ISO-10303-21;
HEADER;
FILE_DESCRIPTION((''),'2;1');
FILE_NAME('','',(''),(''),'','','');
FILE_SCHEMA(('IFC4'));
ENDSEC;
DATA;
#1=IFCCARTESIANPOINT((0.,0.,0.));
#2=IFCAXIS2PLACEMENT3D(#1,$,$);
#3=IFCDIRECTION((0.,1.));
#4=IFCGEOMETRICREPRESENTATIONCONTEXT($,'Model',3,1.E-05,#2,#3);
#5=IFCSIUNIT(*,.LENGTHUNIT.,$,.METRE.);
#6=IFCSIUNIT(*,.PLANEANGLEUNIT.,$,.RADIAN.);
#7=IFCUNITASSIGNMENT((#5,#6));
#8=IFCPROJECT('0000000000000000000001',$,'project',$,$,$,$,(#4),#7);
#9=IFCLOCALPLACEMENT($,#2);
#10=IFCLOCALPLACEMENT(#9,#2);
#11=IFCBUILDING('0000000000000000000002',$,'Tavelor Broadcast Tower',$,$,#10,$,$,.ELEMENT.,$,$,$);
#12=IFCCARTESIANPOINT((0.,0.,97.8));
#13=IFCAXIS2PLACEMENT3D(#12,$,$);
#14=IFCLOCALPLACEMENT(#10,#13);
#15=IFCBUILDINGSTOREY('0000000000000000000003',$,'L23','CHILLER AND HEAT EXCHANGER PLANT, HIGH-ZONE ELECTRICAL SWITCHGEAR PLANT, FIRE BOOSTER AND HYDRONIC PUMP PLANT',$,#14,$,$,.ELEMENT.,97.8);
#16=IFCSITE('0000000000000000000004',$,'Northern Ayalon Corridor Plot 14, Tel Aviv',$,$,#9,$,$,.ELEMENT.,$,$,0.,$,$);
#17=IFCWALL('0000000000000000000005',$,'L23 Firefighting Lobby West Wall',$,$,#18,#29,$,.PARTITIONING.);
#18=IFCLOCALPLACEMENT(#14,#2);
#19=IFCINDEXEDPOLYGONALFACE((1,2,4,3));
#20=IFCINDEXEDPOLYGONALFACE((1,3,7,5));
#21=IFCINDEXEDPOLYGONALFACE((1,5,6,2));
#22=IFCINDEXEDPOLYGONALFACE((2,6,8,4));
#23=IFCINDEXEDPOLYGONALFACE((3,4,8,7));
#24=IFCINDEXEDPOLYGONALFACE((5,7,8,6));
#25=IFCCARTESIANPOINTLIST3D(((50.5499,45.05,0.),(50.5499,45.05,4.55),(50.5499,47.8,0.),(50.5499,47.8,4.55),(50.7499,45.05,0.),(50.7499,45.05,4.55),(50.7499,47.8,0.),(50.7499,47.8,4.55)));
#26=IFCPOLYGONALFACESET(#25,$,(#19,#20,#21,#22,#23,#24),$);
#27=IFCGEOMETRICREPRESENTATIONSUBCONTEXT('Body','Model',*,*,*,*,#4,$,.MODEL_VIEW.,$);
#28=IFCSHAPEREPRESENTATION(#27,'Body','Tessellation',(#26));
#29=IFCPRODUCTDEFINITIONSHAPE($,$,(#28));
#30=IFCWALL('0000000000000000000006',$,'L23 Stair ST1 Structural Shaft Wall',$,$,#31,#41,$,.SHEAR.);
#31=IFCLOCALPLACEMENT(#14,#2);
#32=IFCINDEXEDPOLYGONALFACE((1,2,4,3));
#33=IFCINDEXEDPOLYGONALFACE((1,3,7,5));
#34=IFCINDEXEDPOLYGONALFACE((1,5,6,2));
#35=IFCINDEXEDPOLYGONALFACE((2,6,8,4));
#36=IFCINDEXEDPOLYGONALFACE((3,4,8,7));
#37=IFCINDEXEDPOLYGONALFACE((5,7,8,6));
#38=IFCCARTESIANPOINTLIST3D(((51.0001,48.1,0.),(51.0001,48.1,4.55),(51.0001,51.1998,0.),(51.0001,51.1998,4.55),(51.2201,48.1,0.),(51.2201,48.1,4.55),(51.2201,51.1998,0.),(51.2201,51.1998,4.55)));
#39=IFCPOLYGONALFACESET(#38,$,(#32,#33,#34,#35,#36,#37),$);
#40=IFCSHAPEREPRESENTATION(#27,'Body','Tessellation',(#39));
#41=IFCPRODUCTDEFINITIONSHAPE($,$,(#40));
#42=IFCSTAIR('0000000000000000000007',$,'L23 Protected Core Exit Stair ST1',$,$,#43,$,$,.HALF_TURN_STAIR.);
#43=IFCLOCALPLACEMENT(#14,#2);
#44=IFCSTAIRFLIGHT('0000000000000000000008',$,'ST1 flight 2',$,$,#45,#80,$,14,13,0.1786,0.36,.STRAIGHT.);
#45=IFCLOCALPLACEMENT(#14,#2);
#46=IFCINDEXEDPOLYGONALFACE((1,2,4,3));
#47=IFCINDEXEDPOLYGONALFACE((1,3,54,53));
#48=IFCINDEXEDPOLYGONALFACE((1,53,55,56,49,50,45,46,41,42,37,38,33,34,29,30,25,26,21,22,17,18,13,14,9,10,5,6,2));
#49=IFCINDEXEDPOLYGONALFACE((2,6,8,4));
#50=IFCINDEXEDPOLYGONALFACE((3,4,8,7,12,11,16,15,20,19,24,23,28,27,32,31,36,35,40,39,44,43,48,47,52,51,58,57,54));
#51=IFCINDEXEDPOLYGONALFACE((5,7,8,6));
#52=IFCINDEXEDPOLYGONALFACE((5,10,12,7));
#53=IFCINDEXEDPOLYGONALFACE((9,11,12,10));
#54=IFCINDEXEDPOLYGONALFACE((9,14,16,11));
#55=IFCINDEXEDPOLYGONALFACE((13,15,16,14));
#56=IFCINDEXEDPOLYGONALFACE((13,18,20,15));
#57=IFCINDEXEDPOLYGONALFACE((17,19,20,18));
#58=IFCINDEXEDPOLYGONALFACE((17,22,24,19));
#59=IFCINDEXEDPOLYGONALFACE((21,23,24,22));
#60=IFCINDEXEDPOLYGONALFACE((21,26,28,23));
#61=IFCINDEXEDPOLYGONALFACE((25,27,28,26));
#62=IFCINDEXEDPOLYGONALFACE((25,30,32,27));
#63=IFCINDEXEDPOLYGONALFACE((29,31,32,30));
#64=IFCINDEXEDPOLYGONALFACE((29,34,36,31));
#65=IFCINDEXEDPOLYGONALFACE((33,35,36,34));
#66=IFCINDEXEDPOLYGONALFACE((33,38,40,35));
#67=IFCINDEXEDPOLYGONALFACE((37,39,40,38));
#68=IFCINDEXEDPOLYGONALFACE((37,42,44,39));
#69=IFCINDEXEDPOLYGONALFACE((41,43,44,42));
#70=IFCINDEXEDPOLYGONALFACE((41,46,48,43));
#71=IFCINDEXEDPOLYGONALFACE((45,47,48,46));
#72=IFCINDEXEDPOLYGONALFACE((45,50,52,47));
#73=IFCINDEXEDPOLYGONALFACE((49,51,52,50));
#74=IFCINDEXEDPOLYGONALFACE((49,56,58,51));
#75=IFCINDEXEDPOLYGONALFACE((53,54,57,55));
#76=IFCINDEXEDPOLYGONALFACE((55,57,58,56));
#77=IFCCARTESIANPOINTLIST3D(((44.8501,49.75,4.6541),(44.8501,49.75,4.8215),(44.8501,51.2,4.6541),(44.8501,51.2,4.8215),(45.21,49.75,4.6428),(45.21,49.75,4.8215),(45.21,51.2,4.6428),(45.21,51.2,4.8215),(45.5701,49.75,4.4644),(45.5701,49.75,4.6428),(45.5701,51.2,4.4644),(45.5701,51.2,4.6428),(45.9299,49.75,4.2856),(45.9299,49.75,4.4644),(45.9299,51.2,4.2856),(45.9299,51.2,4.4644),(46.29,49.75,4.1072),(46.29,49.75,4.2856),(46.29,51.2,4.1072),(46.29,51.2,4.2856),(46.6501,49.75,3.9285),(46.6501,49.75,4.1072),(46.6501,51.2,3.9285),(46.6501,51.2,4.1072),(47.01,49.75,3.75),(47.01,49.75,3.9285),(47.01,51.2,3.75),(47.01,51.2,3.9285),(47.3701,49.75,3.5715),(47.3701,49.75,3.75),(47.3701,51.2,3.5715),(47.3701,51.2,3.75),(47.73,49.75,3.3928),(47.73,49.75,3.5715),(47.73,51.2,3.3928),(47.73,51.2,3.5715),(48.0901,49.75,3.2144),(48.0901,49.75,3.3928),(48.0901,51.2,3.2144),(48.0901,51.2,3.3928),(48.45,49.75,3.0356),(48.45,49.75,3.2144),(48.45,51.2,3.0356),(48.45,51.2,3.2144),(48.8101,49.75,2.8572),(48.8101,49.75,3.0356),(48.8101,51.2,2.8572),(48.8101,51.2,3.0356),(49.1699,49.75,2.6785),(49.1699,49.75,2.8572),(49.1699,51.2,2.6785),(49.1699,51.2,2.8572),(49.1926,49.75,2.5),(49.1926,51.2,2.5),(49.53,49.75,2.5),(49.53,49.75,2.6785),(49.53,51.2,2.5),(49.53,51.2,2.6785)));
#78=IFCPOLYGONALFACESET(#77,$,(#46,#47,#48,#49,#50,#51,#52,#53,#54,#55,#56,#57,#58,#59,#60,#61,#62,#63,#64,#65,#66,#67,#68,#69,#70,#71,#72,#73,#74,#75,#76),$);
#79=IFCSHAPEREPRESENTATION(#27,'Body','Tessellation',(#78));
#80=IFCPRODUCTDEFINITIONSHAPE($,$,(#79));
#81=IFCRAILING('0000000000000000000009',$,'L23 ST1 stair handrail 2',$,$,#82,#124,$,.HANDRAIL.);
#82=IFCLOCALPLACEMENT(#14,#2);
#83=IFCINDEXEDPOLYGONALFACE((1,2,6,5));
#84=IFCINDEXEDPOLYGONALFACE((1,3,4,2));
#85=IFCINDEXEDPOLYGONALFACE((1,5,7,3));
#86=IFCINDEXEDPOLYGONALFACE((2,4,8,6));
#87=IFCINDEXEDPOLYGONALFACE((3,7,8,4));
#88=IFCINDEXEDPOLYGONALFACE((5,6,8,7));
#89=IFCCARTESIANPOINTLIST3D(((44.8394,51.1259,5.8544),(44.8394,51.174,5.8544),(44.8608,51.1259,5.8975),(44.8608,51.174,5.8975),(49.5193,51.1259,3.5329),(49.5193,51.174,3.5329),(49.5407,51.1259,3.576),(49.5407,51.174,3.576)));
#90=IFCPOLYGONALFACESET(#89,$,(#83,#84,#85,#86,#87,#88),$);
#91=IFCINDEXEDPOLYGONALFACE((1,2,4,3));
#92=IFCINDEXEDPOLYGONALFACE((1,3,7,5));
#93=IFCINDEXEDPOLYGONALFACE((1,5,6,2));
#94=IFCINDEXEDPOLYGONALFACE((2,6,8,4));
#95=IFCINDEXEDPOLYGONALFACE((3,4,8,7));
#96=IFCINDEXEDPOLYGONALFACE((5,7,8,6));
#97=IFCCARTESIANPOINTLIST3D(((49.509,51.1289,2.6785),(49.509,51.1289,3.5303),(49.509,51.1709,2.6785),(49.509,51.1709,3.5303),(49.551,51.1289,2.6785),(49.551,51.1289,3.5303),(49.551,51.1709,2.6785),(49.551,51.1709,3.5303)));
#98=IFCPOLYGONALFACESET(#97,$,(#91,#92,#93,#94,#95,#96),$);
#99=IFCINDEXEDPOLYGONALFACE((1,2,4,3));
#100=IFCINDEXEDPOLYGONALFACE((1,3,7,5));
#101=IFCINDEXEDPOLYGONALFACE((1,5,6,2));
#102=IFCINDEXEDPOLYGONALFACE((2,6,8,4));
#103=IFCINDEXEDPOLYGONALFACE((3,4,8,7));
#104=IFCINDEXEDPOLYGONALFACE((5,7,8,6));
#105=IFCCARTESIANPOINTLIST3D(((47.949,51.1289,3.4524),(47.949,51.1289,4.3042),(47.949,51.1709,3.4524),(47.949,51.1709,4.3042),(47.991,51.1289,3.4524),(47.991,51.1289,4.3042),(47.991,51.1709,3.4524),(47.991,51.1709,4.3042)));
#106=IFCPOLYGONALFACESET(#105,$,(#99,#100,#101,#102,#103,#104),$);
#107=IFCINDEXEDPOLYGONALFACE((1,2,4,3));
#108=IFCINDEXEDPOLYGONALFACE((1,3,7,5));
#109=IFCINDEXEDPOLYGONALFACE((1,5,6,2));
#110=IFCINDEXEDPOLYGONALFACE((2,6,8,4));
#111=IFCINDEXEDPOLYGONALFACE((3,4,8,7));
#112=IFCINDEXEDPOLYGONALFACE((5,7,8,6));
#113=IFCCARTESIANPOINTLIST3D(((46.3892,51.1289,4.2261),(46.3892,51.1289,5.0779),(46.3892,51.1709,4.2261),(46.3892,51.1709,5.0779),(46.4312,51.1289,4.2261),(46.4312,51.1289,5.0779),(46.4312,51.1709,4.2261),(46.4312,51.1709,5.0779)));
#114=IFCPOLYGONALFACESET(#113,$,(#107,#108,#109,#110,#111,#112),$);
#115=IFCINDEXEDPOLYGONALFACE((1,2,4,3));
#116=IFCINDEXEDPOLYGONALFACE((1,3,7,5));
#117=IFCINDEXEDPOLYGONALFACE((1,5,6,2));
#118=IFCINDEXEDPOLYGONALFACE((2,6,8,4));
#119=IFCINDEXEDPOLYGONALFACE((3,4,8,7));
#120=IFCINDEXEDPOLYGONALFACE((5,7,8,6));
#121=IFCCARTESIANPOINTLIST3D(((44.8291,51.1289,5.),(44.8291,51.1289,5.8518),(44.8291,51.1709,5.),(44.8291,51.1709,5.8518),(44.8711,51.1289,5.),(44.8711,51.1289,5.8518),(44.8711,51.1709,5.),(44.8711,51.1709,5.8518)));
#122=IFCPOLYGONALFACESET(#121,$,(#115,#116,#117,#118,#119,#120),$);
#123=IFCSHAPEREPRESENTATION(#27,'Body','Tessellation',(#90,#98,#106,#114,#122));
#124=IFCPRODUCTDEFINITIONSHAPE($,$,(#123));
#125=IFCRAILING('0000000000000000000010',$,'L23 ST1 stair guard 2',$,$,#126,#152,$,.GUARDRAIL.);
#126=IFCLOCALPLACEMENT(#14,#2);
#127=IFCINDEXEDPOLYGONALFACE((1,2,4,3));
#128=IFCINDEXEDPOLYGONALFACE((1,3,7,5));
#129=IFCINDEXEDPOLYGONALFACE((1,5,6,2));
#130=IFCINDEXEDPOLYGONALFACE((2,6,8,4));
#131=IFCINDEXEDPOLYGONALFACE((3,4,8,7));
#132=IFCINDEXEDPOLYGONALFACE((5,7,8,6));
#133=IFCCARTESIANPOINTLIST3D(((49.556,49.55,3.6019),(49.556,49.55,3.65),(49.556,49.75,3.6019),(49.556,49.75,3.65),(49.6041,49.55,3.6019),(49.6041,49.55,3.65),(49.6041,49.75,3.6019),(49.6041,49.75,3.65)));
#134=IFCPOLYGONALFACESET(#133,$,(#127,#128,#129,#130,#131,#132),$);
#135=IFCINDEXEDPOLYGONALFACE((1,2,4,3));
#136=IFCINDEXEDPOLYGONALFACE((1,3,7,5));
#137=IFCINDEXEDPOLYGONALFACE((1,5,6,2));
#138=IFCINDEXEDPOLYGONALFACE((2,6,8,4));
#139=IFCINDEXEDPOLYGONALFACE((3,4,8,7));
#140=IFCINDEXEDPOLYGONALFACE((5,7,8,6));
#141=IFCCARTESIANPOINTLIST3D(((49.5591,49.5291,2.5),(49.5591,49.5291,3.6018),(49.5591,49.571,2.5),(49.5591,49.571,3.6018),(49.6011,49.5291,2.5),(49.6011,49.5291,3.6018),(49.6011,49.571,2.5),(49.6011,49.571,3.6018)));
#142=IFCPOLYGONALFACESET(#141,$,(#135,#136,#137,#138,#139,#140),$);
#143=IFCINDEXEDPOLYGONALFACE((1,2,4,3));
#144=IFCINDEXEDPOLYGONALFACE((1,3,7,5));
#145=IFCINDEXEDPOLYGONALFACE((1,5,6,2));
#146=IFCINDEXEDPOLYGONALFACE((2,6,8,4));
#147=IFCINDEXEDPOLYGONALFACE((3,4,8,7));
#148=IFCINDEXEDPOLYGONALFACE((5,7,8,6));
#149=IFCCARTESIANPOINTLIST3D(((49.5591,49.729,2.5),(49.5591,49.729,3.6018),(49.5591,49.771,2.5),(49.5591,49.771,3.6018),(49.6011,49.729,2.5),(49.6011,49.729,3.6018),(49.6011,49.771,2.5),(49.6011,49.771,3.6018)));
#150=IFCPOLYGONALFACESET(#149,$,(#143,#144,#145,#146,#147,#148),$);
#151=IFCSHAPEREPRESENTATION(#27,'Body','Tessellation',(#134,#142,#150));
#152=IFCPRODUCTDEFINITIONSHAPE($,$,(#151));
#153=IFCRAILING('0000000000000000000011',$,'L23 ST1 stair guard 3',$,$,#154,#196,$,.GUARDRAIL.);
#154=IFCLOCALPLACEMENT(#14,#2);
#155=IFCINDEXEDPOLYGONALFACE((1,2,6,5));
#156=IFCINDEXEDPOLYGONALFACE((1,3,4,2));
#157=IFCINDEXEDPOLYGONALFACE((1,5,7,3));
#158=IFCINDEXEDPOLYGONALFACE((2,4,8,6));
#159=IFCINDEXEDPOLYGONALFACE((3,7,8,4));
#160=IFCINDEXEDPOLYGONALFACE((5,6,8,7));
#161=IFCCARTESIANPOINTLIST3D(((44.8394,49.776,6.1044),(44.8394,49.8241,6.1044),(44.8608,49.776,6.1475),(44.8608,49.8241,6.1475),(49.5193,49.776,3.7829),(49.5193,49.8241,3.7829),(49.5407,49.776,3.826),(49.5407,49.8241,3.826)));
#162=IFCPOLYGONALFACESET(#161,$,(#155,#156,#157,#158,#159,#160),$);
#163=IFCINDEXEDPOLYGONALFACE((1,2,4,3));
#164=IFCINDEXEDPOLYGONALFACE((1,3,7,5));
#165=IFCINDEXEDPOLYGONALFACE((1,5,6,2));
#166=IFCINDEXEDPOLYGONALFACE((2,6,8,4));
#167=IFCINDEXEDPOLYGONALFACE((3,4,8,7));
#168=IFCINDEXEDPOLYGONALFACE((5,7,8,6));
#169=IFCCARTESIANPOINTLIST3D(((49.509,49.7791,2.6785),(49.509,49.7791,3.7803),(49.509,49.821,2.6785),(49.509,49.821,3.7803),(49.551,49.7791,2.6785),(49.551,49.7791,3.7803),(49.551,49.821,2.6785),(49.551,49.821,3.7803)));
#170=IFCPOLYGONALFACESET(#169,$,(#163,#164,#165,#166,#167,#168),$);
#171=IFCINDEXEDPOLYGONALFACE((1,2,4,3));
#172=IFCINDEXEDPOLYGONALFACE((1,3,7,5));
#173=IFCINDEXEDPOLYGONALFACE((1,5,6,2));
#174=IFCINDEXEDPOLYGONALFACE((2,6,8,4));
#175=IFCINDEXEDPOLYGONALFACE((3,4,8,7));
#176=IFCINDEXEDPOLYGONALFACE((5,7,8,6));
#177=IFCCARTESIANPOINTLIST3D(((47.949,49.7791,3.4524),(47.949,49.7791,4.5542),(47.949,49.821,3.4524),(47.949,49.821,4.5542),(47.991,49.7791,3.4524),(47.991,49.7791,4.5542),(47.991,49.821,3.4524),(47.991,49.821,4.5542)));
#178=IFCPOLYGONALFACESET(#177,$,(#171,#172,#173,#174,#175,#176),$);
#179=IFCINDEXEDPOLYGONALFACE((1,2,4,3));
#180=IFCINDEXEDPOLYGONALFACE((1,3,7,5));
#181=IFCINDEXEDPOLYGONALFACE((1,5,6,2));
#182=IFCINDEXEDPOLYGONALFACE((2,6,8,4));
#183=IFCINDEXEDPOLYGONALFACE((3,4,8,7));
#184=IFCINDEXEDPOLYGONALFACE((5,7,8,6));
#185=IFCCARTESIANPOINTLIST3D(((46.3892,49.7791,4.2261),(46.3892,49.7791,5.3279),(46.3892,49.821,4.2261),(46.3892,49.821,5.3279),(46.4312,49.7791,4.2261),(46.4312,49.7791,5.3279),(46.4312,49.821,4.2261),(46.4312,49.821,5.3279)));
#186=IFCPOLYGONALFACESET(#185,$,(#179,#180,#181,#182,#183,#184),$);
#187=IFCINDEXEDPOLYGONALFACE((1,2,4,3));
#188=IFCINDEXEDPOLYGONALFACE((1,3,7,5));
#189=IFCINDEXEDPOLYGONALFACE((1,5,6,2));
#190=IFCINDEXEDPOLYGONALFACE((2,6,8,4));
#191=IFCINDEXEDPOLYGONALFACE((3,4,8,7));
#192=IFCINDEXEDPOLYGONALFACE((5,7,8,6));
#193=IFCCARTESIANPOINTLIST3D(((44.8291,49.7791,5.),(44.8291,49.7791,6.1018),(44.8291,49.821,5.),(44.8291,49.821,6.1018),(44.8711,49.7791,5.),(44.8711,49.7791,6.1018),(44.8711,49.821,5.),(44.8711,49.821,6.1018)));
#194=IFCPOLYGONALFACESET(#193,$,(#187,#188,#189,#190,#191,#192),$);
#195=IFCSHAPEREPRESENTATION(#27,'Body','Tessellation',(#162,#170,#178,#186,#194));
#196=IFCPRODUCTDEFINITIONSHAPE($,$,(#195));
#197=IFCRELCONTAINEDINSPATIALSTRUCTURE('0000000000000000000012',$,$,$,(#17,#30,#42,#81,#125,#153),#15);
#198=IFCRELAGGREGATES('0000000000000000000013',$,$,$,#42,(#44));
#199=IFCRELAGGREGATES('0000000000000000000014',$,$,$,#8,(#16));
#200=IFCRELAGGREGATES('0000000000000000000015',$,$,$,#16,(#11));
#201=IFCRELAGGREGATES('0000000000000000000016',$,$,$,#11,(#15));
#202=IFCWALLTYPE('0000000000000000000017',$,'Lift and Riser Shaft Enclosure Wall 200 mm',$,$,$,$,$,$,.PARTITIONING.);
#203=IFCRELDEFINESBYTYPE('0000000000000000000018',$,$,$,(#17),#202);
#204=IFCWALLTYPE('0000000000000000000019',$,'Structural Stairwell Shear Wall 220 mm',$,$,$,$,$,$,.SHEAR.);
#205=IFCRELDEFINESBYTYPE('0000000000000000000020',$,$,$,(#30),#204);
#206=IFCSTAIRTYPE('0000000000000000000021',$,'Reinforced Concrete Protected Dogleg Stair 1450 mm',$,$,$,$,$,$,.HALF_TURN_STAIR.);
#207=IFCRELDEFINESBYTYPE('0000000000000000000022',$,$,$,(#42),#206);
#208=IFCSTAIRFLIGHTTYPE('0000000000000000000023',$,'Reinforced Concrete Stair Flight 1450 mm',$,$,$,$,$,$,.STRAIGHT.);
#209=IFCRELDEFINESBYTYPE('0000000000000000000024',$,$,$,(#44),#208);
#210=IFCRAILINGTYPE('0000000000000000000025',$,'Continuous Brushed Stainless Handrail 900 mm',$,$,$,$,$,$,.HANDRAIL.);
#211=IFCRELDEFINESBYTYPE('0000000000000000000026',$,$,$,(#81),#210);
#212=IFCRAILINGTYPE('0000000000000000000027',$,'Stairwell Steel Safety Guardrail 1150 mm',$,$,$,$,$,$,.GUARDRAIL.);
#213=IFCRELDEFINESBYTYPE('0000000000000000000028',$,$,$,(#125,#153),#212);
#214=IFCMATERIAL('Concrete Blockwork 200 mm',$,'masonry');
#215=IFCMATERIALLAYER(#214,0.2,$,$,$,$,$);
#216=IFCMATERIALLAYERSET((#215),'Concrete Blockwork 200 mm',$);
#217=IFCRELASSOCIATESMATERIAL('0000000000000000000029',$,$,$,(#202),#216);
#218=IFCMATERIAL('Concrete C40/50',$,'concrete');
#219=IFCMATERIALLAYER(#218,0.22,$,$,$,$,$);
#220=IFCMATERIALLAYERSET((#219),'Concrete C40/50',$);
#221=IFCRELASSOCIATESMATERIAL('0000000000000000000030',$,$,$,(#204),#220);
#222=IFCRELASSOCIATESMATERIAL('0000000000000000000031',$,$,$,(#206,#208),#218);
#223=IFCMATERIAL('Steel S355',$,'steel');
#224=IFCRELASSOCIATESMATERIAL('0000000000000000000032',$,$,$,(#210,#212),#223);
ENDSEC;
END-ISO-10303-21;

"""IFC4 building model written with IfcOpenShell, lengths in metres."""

from ifc_helpers import new_model, si_unit, direction, frame, frame_2d, origin, origin_2d, place, context, subcontext, project, spatial, polyline, rectangle, outline, extrude, material, layer, layer_set, type_object, element, aggregate, save


model = new_model("IFC4")

# Units and contexts
model_context = context("Model", 3, precision=1e-05, world=origin(), true_north=direction((0.0, 1.0)))
body_context = subcontext(model_context, "Body", "Model", "MODEL_VIEW")
ifc_project = project(units=[si_unit("LENGTHUNIT", "METRE"), si_unit("PLANEANGLEUNIT", "RADIAN")], contexts=[model_context])

# Site, building, storey
site_placement = place(None, origin())
site = spatial("IfcSite", under=ifc_project, at=site_placement, Name="Northern Ayalon Corridor Plot 14, Tel Aviv", CompositionType="ELEMENT", RefElevation=0.0)
building_placement = place(site_placement, origin())
building = spatial("IfcBuilding", under=site, at=building_placement, Name="Tavelor Broadcast Tower", CompositionType="ELEMENT")
storey_placement = place(building_placement, frame((0.0, 0.0, 97.8)))
storey = spatial("IfcBuildingStorey", under=building, at=storey_placement, Name="L23", Description="CHILLER AND HEAT EXCHANGER PLANT, HIGH-ZONE ELECTRICAL SWITCHGEAR PLANT, FIRE BOOSTER AND HYDRONIC PUMP PLANT", CompositionType="ELEMENT", Elevation=97.8)

# Shared definitions
ifc_material_1 = material(Name="Steel S355", Category="steel")

# Shared definitions
ifc_material_2 = material(Name="Concrete Blockwork 200 mm", Category="masonry")
ifc_layer_1 = layer(ifc_material_2, 0.2)
ifc_layer_set_1 = layer_set([ifc_layer_1], Name="Concrete Blockwork 200 mm")
wall_type_1 = type_object("IfcWallType", Name="Lift and Riser Shaft Enclosure Wall 200 mm", PredefinedType="PARTITIONING", material=ifc_layer_set_1)

# Walls
wall_1_placement = place(storey_placement, frame((50.6499, 45.05, 0.0), z_axis=(0.0, 0.0, 1.0), x_axis=(0.0, 1.0, 0.0)))
element("IfcWall", 1, at=wall_1_placement, inside=storey, type_object=wall_type_1, Name="L23 Firefighting Lobby West Wall", PredefinedType="PARTITIONING", context=body_context, shape_type="SweptSolid", body=[
    extrude(rectangle(XDim=2.75, YDim=0.2, at=frame_2d((1.375, 0.0))), origin(), (0.0, 0.0, 1.0), 4.55),
])
ifc_material_3 = material(Name="Concrete C40/50", Category="concrete")
ifc_layer_2 = layer(ifc_material_3, 0.22)
ifc_layer_set_2 = layer_set([ifc_layer_2], Name="Concrete C40/50")
wall_type_2 = type_object("IfcWallType", Name="Structural Stairwell Shear Wall 220 mm", PredefinedType="SHEAR", material=ifc_layer_set_2)
wall_2_placement = place(storey_placement, frame((51.1101, 48.1001, 0.0), z_axis=(0.0, 0.0, 1.0), x_axis=(0.0, 1.0, 0.0)))
element("IfcWall", 2, at=wall_2_placement, inside=storey, type_object=wall_type_2, Name="L23 Stair ST1 Structural Shaft Wall", PredefinedType="SHEAR", context=body_context, shape_type="SweptSolid", body=[
    extrude(rectangle(XDim=3.0999, YDim=0.22, at=frame_2d((1.5498, 0.0))), origin(), (0.0, 0.0, 1.0), 4.55),
])

# Stair, stair flight
stair_type = type_object("IfcStairType", Name="Reinforced Concrete Protected Dogleg Stair 1450 mm", PredefinedType="HALF_TURN_STAIR", material=ifc_material_3)
stair_placement = place(storey_placement, origin())
stair = element("IfcStair", 3, at=stair_placement, inside=storey, type_object=stair_type, Name="L23 Protected Core Exit Stair ST1", PredefinedType="HALF_TURN_STAIR")
stair_flight_type = type_object("IfcStairFlightType", Name="Reinforced Concrete Stair Flight 1450 mm", PredefinedType="STRAIGHT", material=ifc_material_3)
stair_flight_placement = place(storey_placement, frame((49.53, 50.4751, 2.5), z_axis=(0.0, 0.0, 1.0), x_axis=(-1.0, 0.0, 0.0)))
stair_flight = element("IfcStairFlight", 4, at=stair_flight_placement, type_object=stair_flight_type, Name="ST1 flight 2", NumberOfRisers=14, NumberOfTreads=13, PredefinedType="STRAIGHT", RiserHeight=0.1786, TreadLength=0.36, context=body_context, shape_type="SweptSolid", body=[
    extrude(outline(polyline([(0.0, 0.0), (0.0, 0.1785), (0.3601, 0.1785), (0.3601, 0.3572), (0.72, 0.3572), (0.72, 0.5356), (1.0801, 0.5356), (1.0801, 0.7144), (1.4399, 0.7144), (1.4399, 0.8928), (1.8, 0.8928), (1.8, 1.0715), (2.1599, 1.0715), (2.1599, 1.25), (2.52, 1.25), (2.52, 1.4285), (2.8799, 1.4285), (2.8799, 1.6072), (3.24, 1.6072), (3.24, 1.7856), (3.6001, 1.7856), (3.6001, 1.9644), (3.96, 1.9644), (3.96, 2.1428), (4.3201, 2.1428), (4.3201, 2.3215), (4.6799, 2.3215), (4.6799, 2.5), (4.6799, 2.1541), (0.3374, 0.0), (0.0, 0.0)])), frame((0.0, 0.7251, 0.0), z_axis=(0.0, -1.0, 0.0), x_axis=(1.0, 0.0, 0.0)), (0.0, 0.0, 1.0), 1.45),
])
aggregate(stair, [stair_flight])

# Railings
railing_type_1 = type_object("IfcRailingType", Name="Continuous Brushed Stainless Handrail 900 mm", PredefinedType="HANDRAIL", material=ifc_material_1)
railing_1_placement = place(storey_placement, frame((49.53, 51.1499, 2.6785)))
element("IfcRailing", 5, at=railing_1_placement, inside=storey, type_object=railing_type_1, Name="L23 ST1 stair handrail 2", PredefinedType="HANDRAIL", context=body_context, shape_type="SweptSolid", body=[
    extrude(rectangle(XDim=0.0481, YDim=0.0481, at=origin_2d()), frame((0.0, 0.0, 0.876), z_axis=(-0.895834, 0.0, 0.444389), x_axis=(0.0, -1.0, 0.0)), (0.0, 0.0, 1.0), 5.2241),
    extrude(rectangle(XDim=0.042, YDim=0.042, at=origin_2d()), origin(), (0.0, 0.0, 1.0), 0.8518),
    extrude(rectangle(XDim=0.042, YDim=0.042, at=origin_2d()), frame((-1.5601, 0.0, 0.7739)), (0.0, 0.0, 1.0), 0.8518),
    extrude(rectangle(XDim=0.042, YDim=0.042, at=origin_2d()), frame((-3.1199, 0.0, 1.5476)), (0.0, 0.0, 1.0), 0.8518),
    extrude(rectangle(XDim=0.042, YDim=0.042, at=origin_2d()), frame((-4.6799, 0.0, 2.3215)), (0.0, 0.0, 1.0), 0.8518),
])
railing_type_2 = type_object("IfcRailingType", Name="Stairwell Steel Safety Guardrail 1150 mm", PredefinedType="GUARDRAIL", material=ifc_material_1)
railing_2_placement = place(storey_placement, frame((49.5801, 49.55, 2.5)))
element("IfcRailing", 6, at=railing_2_placement, inside=storey, type_object=railing_type_2, Name="L23 ST1 stair guard 2", PredefinedType="GUARDRAIL", context=body_context, shape_type="SweptSolid", body=[
    extrude(rectangle(XDim=0.0481, YDim=0.0481, at=origin_2d()), frame((0.0, 0.0, 1.126), z_axis=(0.0, 1.0, 0.0), x_axis=(-1.0, 0.0, 0.0)), (0.0, 0.0, 1.0), 0.2),
    extrude(rectangle(XDim=0.042, YDim=0.042, at=origin_2d()), origin(), (0.0, 0.0, 1.0), 1.1018),
    extrude(rectangle(XDim=0.042, YDim=0.042, at=origin_2d()), frame((0.0, 0.2, 0.0)), (0.0, 0.0, 1.0), 1.1018),
])
railing_3_placement = place(storey_placement, frame((49.53, 49.8, 2.6785)))
element("IfcRailing", 7, at=railing_3_placement, inside=storey, type_object=railing_type_2, Name="L23 ST1 stair guard 3", PredefinedType="GUARDRAIL", context=body_context, shape_type="SweptSolid", body=[
    extrude(rectangle(XDim=0.0481, YDim=0.0481, at=origin_2d()), frame((0.0, 0.0, 1.126), z_axis=(-0.895834, 0.0, 0.444389), x_axis=(0.0, -1.0, 0.0)), (0.0, 0.0, 1.0), 5.2241),
    extrude(rectangle(XDim=0.042, YDim=0.042, at=origin_2d()), origin(), (0.0, 0.0, 1.0), 1.1018),
    extrude(rectangle(XDim=0.042, YDim=0.042, at=origin_2d()), frame((-1.5601, 0.0, 0.7739)), (0.0, 0.0, 1.0), 1.1018),
    extrude(rectangle(XDim=0.042, YDim=0.042, at=origin_2d()), frame((-3.1199, 0.0, 1.5476)), (0.0, 0.0, 1.0), 1.1018),
    extrude(rectangle(XDim=0.042, YDim=0.042, at=origin_2d()), frame((-4.6799, 0.0, 2.3215)), (0.0, 0.0, 1.0), 1.1018),
])

save(model, "model.ifc")
